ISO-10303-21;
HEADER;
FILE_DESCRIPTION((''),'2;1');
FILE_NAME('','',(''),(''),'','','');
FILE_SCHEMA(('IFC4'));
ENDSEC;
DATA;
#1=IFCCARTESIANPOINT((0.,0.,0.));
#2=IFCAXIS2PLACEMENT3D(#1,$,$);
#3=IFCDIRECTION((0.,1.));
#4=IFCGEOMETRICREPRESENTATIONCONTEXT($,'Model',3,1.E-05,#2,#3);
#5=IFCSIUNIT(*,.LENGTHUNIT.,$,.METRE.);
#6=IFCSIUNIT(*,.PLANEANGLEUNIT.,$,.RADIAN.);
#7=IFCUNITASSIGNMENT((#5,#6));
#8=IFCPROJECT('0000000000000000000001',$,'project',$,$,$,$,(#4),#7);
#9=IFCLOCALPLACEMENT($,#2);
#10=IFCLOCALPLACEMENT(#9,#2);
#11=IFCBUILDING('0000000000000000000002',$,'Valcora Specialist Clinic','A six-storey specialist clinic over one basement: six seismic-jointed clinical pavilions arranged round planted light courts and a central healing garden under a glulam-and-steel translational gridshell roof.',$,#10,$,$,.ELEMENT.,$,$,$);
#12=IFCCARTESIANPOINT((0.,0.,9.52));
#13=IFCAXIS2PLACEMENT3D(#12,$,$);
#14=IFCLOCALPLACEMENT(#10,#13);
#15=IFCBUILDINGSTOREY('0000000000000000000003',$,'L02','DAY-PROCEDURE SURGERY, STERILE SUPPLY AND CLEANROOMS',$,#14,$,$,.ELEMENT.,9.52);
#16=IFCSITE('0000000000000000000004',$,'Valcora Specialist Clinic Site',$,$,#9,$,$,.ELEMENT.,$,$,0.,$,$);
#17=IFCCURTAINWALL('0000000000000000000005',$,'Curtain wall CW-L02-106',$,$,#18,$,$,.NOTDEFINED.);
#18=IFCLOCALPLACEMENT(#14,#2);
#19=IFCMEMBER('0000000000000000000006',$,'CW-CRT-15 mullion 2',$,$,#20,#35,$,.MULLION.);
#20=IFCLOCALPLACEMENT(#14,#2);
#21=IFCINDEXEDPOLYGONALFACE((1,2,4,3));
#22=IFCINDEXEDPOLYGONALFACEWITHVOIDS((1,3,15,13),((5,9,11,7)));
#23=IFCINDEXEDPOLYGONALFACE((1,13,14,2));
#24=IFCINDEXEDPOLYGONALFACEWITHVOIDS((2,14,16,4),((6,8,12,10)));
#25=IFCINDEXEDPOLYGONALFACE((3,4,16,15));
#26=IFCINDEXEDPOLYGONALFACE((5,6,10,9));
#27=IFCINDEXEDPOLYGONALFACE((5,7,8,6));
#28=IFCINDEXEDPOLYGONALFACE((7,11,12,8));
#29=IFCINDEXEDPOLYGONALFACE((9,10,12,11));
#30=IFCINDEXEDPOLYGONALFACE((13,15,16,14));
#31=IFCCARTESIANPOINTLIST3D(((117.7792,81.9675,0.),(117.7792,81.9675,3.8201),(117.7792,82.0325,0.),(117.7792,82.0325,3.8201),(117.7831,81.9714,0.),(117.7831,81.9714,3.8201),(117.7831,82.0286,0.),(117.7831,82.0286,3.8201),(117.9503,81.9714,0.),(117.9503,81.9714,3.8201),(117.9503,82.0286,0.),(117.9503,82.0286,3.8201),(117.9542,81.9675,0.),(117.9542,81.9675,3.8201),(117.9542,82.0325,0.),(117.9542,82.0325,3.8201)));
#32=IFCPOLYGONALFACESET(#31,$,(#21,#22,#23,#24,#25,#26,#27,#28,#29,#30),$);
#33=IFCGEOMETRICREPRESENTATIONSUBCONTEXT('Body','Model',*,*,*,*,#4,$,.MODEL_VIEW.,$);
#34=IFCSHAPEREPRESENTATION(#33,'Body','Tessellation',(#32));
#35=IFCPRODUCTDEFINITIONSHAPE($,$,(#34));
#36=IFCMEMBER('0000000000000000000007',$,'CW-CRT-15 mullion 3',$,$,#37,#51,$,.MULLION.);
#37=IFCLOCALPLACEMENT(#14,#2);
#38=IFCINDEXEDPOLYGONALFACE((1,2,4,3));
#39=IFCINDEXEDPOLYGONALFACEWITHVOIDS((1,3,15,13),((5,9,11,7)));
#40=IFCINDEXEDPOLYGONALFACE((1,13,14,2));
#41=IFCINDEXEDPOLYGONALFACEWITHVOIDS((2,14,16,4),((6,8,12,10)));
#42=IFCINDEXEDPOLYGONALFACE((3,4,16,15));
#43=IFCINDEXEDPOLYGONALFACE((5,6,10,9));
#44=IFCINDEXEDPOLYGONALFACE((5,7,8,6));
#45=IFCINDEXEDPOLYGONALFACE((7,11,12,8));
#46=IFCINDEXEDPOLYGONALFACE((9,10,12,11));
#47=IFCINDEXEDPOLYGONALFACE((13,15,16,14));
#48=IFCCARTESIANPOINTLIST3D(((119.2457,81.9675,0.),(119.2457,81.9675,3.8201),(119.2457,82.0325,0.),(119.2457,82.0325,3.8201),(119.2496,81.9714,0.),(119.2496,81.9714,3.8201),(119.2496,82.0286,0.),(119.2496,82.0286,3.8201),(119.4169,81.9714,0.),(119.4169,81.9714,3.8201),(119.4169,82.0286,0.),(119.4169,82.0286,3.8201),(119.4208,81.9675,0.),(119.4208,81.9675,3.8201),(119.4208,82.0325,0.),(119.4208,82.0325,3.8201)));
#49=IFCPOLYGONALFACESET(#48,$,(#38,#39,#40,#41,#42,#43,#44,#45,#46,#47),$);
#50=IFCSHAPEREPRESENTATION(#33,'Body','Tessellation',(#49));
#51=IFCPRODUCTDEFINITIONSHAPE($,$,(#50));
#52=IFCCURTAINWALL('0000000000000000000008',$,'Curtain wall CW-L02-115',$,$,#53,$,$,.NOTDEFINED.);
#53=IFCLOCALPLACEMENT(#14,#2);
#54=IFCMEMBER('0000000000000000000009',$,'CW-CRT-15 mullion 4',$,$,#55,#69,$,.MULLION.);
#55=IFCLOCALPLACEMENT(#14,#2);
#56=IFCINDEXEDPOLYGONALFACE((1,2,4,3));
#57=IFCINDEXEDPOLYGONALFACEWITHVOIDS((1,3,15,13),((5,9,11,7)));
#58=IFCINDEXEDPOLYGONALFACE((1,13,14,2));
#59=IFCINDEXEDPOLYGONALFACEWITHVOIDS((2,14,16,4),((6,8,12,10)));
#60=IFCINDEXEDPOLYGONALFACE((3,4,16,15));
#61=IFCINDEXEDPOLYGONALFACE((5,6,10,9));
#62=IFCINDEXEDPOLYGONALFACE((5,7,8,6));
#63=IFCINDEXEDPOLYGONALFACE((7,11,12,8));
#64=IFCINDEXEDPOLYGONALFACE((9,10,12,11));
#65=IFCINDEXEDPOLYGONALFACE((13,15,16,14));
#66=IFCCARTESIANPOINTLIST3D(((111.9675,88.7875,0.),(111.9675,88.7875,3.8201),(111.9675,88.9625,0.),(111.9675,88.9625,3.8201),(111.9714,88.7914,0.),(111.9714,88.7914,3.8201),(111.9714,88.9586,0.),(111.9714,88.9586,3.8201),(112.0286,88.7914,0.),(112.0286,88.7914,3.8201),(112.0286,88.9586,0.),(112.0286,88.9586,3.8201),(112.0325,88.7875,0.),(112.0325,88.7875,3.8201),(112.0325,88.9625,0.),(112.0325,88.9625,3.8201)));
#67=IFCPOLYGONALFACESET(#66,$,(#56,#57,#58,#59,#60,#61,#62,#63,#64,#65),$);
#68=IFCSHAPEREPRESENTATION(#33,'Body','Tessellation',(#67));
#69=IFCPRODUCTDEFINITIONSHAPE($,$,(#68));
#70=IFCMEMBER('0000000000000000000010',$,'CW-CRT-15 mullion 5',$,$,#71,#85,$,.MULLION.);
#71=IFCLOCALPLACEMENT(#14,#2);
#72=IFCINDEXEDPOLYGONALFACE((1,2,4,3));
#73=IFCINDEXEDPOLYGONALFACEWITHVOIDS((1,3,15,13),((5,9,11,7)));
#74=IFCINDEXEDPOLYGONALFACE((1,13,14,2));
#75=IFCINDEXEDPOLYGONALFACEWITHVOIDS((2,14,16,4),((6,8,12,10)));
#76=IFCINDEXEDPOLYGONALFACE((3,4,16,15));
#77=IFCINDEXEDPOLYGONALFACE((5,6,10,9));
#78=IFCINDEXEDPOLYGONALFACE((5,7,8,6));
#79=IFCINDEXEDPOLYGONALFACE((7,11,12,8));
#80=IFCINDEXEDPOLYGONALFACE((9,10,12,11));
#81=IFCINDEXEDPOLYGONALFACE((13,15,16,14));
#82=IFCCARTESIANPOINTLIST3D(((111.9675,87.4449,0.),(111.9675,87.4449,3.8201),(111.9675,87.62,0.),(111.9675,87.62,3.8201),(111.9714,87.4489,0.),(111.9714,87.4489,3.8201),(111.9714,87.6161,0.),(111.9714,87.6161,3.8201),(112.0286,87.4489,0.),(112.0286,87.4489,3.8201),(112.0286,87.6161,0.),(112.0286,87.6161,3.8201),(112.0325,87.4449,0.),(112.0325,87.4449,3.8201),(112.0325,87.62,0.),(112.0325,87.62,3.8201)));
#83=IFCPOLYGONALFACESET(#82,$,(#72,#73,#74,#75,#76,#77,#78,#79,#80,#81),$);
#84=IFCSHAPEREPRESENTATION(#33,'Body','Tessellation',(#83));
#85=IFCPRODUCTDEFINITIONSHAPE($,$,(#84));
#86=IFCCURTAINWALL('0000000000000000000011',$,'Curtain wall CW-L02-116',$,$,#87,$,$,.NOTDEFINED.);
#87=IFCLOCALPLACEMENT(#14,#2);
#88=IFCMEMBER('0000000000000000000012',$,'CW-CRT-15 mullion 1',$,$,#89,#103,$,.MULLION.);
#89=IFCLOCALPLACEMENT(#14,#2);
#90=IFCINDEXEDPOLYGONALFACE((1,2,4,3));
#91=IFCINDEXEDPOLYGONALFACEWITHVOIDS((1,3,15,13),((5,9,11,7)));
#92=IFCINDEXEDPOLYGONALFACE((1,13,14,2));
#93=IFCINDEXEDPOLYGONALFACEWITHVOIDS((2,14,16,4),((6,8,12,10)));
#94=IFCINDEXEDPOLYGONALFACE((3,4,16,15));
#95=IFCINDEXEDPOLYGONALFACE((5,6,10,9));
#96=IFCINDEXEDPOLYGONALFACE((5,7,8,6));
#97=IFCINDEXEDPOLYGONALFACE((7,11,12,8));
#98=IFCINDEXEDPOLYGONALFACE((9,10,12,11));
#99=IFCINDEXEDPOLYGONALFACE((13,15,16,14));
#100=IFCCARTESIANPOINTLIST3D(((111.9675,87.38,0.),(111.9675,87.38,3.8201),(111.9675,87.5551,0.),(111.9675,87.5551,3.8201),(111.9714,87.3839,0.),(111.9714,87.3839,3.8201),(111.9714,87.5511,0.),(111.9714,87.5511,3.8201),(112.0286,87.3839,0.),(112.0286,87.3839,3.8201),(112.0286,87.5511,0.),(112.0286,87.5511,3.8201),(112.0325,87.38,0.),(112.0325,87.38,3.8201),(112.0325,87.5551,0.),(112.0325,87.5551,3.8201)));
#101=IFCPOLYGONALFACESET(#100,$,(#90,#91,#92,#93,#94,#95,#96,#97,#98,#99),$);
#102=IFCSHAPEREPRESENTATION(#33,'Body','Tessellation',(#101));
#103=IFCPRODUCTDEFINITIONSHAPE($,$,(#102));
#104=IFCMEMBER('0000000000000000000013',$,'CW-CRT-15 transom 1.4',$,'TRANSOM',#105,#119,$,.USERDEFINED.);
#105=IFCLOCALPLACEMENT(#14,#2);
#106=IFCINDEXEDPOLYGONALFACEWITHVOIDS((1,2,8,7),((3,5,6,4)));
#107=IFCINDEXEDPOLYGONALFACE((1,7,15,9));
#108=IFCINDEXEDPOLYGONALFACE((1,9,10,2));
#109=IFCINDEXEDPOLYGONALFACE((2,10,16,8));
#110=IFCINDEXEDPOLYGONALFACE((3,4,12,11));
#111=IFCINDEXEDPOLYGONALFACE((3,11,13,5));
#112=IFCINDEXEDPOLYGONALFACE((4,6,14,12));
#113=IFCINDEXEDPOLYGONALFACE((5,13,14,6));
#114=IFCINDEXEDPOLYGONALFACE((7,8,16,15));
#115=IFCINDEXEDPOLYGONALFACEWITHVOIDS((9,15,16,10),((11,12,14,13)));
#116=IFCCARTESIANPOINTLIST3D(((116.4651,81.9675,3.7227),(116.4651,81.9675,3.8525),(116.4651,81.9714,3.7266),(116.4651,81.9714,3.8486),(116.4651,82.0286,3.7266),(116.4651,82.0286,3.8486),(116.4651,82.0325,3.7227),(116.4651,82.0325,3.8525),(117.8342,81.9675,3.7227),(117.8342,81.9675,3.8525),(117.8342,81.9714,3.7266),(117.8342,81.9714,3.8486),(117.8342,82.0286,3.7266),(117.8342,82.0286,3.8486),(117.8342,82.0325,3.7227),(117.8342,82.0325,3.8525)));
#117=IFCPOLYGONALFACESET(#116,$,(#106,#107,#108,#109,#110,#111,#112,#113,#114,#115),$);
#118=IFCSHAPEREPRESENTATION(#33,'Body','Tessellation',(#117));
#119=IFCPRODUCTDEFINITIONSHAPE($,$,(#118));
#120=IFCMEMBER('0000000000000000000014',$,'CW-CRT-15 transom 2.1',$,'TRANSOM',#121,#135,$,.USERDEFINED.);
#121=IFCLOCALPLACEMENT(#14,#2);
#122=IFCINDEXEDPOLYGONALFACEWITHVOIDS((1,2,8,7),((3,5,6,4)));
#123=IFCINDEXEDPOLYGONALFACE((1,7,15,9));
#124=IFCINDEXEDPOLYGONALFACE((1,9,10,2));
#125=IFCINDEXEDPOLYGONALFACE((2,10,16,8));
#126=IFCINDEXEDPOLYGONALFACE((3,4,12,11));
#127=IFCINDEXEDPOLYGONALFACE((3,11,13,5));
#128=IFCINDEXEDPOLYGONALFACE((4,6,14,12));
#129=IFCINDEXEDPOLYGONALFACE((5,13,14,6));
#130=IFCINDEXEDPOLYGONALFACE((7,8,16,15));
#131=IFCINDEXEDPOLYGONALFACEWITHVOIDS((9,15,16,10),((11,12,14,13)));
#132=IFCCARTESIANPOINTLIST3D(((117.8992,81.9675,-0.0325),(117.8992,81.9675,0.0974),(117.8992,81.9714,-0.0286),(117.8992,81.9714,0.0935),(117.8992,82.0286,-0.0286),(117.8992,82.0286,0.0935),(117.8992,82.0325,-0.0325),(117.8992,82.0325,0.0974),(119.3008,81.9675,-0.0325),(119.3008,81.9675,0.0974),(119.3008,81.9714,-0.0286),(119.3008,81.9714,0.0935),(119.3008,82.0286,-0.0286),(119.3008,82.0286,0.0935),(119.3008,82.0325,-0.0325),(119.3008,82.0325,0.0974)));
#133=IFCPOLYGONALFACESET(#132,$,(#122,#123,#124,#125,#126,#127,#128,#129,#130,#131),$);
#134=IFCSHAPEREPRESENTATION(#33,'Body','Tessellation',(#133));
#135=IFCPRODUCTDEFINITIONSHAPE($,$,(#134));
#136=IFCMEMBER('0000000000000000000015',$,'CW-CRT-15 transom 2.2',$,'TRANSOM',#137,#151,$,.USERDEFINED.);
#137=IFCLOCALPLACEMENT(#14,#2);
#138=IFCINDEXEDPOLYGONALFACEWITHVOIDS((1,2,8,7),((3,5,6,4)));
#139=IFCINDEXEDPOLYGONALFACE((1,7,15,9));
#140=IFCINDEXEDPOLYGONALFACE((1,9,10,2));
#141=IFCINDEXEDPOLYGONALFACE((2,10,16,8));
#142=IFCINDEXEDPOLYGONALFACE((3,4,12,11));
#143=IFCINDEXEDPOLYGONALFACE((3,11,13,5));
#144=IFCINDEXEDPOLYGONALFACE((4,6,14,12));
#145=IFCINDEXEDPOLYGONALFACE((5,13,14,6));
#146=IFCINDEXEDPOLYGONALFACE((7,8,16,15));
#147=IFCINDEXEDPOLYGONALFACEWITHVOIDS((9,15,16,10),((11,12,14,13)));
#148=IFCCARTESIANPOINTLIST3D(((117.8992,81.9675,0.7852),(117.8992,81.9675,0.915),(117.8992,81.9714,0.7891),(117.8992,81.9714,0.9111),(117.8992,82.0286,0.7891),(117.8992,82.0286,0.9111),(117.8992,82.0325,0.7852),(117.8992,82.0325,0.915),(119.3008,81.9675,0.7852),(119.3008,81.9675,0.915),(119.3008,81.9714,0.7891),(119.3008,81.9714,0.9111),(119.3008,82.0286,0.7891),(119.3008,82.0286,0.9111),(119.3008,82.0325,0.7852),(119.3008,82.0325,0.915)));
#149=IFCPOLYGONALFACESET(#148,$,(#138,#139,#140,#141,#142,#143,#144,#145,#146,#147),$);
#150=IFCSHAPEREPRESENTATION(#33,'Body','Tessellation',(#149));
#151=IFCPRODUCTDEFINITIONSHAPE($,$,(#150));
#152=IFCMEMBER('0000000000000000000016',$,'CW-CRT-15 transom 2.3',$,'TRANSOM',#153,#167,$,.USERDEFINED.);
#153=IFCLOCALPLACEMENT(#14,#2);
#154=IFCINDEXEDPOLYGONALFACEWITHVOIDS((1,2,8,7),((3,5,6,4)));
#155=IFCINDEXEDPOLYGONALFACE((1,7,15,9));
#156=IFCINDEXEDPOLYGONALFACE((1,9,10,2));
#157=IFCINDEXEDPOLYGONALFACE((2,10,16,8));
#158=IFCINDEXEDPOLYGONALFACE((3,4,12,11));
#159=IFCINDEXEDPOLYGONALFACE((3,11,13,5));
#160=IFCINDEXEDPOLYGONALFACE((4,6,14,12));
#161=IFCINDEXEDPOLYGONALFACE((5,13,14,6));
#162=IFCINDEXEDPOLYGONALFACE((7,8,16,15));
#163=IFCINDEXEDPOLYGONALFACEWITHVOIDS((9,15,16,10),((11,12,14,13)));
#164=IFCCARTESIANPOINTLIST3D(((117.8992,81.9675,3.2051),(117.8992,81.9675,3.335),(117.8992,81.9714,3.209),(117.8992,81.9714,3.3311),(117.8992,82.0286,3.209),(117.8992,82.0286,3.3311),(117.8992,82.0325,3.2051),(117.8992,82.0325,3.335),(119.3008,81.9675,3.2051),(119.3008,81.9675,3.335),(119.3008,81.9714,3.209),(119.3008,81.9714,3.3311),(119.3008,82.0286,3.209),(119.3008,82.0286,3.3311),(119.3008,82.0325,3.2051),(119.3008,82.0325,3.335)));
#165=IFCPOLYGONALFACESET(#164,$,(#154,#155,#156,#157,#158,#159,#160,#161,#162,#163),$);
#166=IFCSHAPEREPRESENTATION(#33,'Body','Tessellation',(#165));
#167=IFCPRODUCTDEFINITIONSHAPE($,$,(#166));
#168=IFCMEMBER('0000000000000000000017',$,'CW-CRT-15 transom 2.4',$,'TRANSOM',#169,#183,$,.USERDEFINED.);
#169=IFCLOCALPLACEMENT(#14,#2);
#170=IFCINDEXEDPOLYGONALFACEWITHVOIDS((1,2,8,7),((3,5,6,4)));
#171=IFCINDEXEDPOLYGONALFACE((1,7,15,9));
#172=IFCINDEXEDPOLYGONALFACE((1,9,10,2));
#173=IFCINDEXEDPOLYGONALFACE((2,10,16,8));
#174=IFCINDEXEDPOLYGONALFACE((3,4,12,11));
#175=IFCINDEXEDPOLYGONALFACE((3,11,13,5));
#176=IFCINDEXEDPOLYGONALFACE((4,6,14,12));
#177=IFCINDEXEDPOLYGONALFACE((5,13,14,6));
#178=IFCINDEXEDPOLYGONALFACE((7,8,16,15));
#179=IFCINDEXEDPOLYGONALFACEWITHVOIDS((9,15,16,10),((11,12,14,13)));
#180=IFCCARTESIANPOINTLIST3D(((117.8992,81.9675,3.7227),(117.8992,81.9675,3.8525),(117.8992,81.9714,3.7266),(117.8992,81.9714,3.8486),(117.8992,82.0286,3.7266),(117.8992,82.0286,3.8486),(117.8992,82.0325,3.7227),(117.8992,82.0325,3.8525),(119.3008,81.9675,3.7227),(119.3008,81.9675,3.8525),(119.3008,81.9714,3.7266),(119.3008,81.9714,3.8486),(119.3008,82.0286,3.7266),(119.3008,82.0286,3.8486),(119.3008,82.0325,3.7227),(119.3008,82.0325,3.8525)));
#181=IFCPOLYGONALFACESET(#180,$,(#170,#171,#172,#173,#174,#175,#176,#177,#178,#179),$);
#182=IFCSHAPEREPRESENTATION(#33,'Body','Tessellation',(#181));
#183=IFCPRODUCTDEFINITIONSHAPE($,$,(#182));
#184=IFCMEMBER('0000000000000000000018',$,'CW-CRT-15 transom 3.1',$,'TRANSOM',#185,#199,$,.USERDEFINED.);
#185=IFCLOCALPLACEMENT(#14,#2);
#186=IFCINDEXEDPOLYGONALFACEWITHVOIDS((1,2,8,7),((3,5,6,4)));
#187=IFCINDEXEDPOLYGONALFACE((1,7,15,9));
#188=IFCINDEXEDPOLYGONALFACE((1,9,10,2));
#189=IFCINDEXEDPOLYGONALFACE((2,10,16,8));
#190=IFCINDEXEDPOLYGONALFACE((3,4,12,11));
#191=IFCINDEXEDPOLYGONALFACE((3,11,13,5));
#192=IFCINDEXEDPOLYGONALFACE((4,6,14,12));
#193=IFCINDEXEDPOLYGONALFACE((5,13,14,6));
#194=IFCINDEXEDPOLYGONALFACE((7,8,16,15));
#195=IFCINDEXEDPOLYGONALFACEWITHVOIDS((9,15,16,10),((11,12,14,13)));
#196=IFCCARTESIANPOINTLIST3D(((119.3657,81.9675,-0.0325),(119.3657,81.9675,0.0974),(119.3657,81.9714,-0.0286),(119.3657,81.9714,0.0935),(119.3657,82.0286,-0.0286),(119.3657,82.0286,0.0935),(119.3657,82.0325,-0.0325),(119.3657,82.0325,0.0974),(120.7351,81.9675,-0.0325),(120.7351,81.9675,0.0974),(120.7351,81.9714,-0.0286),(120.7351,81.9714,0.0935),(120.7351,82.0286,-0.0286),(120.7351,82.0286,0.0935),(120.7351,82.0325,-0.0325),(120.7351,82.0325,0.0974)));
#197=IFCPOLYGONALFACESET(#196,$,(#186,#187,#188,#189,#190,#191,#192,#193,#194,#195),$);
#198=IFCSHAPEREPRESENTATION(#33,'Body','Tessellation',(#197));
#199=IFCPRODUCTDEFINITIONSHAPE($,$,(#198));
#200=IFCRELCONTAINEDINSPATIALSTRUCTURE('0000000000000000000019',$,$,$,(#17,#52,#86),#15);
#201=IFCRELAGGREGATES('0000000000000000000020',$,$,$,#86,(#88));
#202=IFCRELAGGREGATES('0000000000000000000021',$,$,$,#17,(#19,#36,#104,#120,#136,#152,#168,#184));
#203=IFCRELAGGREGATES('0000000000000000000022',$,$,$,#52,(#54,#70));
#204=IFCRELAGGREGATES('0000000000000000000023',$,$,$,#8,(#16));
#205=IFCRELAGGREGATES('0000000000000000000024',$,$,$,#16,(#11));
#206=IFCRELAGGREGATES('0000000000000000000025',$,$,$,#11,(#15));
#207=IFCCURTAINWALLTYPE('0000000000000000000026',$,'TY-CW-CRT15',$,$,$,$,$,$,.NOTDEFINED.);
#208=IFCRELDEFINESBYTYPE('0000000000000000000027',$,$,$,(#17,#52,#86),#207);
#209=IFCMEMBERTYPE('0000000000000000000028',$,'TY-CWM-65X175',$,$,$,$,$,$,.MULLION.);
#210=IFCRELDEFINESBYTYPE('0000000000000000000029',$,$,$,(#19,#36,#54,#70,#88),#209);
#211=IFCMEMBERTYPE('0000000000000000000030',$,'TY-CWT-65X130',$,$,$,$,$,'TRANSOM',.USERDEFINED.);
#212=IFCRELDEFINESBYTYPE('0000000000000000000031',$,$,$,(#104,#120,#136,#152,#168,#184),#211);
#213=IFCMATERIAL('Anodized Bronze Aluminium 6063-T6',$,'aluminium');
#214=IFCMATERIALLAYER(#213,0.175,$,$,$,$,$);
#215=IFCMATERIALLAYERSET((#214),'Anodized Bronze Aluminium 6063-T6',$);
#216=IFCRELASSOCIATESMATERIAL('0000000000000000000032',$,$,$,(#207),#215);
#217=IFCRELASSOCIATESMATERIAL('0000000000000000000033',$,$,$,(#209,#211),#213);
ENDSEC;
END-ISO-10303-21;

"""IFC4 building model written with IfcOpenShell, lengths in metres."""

from ifc_helpers import new_model, si_unit, direction, frame, origin, origin_2d, place, context, subcontext, project, spatial, hollow_rectangle, extrude, material, layer, layer_set, material_profile, profile_set, type_object, element, aggregate, save


model = new_model("IFC4")

# Units and contexts
model_context = context("Model", 3, precision=1e-05, world=origin(), true_north=direction((0.0, 1.0)))
body_context = subcontext(model_context, "Body", "Model", "MODEL_VIEW")
ifc_project = project(units=[si_unit("LENGTHUNIT", "METRE"), si_unit("PLANEANGLEUNIT", "RADIAN")], contexts=[model_context])

# Site, building, storey
site_placement = place(None, origin())
site = spatial("IfcSite", under=ifc_project, at=site_placement, Name="Valcora Specialist Clinic Site", CompositionType="ELEMENT", RefElevation=0.0)
building_placement = place(site_placement, origin())
building = spatial("IfcBuilding", under=site, at=building_placement, Name="Valcora Specialist Clinic", Description="A six-storey specialist clinic over one basement: six seismic-jointed clinical pavilions arranged round planted light courts and a central healing garden under a glulam-and-steel translational gridshell roof.", CompositionType="ELEMENT")
storey_placement = place(building_placement, frame((0.0, 0.0, 9.52)))
storey = spatial("IfcBuildingStorey", under=building, at=storey_placement, Name="L02", Description="DAY-PROCEDURE SURGERY, STERILE SUPPLY AND CLEANROOMS", CompositionType="ELEMENT", Elevation=9.52)

# Curtain walls, members
ifc_material_1 = material(Name="Anodized Bronze Aluminium 6063-T6", Category="aluminium")
ifc_layer_1 = layer(ifc_material_1, 0.175)
ifc_layer_set_1 = layer_set([ifc_layer_1], Name="Anodized Bronze Aluminium 6063-T6")
curtain_wall_type = type_object("IfcCurtainWallType", Name="TY-CW-CRT15", PredefinedType="NOTDEFINED", material=ifc_layer_set_1)
curtain_wall_1_placement = place(storey_placement, origin())
curtain_wall_1 = element("IfcCurtainWall", 1, at=curtain_wall_1_placement, inside=storey, type_object=curtain_wall_type, Name="Curtain wall CW-L02-106", PredefinedType="NOTDEFINED")
ifc_material_profile_1 = material_profile(ifc_material_1, hollow_rectangle(XDim=0.0649, YDim=0.175, WallThickness=0.0039, at=origin_2d()), Name="AL-MUL-65X175")
ifc_profile_set_1 = profile_set([ifc_material_profile_1], Name="Anodized Bronze Aluminium 6063-T6")
member_type_1 = type_object("IfcMemberType", Name="TY-CWM-65X175", PredefinedType="MULLION", material=ifc_profile_set_1)
member_1_placement = place(storey_placement, frame((117.8667, 82.0, 0.0), z_axis=(0.0, 0.0, 1.0), x_axis=(0.0, 1.0, 0.0)))
member_1 = element("IfcMember", 2, at=member_1_placement, type_object=member_type_1, Name="CW-CRT-15 mullion 2", PredefinedType="MULLION", context=body_context, shape_type="SweptSolid", body=[
    extrude(hollow_rectangle(XDim=0.0649, YDim=0.175, WallThickness=0.0039, at=origin_2d()), origin(), (0.0, 0.0, 1.0), 3.8201),
])
member_2_placement = place(storey_placement, frame((119.3333, 82.0, 0.0), z_axis=(0.0, 0.0, 1.0), x_axis=(0.0, 1.0, 0.0)))
member_2 = element("IfcMember", 3, at=member_2_placement, type_object=member_type_1, Name="CW-CRT-15 mullion 3", PredefinedType="MULLION", context=body_context, shape_type="SweptSolid", body=[
    extrude(hollow_rectangle(XDim=0.0649, YDim=0.175, WallThickness=0.0039, at=origin_2d()), origin(), (0.0, 0.0, 1.0), 3.8201),
])
curtain_wall_2_placement = place(storey_placement, origin())
curtain_wall_2 = element("IfcCurtainWall", 4, at=curtain_wall_2_placement, inside=storey, type_object=curtain_wall_type, Name="Curtain wall CW-L02-115", PredefinedType="NOTDEFINED")
member_3_placement = place(storey_placement, frame((112.0, 88.875, 0.0), z_axis=(0.0, 0.0, 1.0), x_axis=(1.0, 0.0, 0.0)))
member_3 = element("IfcMember", 5, at=member_3_placement, type_object=member_type_1, Name="CW-CRT-15 mullion 4", PredefinedType="MULLION", context=body_context, shape_type="SweptSolid", body=[
    extrude(hollow_rectangle(XDim=0.0649, YDim=0.175, WallThickness=0.0039, at=origin_2d()), origin(), (0.0, 0.0, 1.0), 3.8201),
])
member_4_placement = place(storey_placement, frame((112.0, 87.5325, 0.0), z_axis=(0.0, 0.0, 1.0), x_axis=(1.0, 0.0, 0.0)))
member_4 = element("IfcMember", 6, at=member_4_placement, type_object=member_type_1, Name="CW-CRT-15 mullion 5", PredefinedType="MULLION", context=body_context, shape_type="SweptSolid", body=[
    extrude(hollow_rectangle(XDim=0.0649, YDim=0.175, WallThickness=0.0039, at=origin_2d()), origin(), (0.0, 0.0, 1.0), 3.8201),
])

# Curtain wall, member
curtain_wall_3_placement = place(storey_placement, origin())
curtain_wall_3 = element("IfcCurtainWall", 7, at=curtain_wall_3_placement, inside=storey, type_object=curtain_wall_type, Name="Curtain wall CW-L02-116", PredefinedType="NOTDEFINED")
member_5_placement = place(storey_placement, frame((112.0, 87.4675, 0.0), z_axis=(0.0, 0.0, 1.0), x_axis=(1.0, 0.0, 0.0)))
member_5 = element("IfcMember", 8, at=member_5_placement, type_object=member_type_1, Name="CW-CRT-15 mullion 1", PredefinedType="MULLION", context=body_context, shape_type="SweptSolid", body=[
    extrude(hollow_rectangle(XDim=0.0649, YDim=0.175, WallThickness=0.0039, at=origin_2d()), origin(), (0.0, 0.0, 1.0), 3.8201),
])
aggregate(curtain_wall_3, [member_5])

# Members
ifc_material_profile_2 = material_profile(ifc_material_1, hollow_rectangle(XDim=0.0649, YDim=0.1299, WallThickness=0.0039, at=origin_2d()), Name="AL-TRN-65X130")
ifc_profile_set_2 = profile_set([ifc_material_profile_2], Name="Anodized Bronze Aluminium 6063-T6")
member_type_2 = type_object("IfcMemberType", Name="TY-CWT-65X130", ElementType="TRANSOM", PredefinedType="USERDEFINED", material=ifc_profile_set_2)
member_6_placement = place(storey_placement, frame((116.4651, 82.0, 3.7876), z_axis=(1.0, 0.0, 0.0), x_axis=(0.0, 1.0, 0.0)))
member_6 = element("IfcMember", 9, at=member_6_placement, type_object=member_type_2, Name="CW-CRT-15 transom 1.4", ObjectType="TRANSOM", PredefinedType="USERDEFINED", context=body_context, shape_type="SweptSolid", body=[
    extrude(hollow_rectangle(XDim=0.0649, YDim=0.1299, WallThickness=0.0039, at=origin_2d()), origin(), (0.0, 0.0, 1.0), 1.3691),
])
member_7_placement = place(storey_placement, frame((117.8992, 82.0, 0.0325), z_axis=(1.0, 0.0, 0.0), x_axis=(0.0, 1.0, 0.0)))
member_7 = element("IfcMember", 10, at=member_7_placement, type_object=member_type_2, Name="CW-CRT-15 transom 2.1", ObjectType="TRANSOM", PredefinedType="USERDEFINED", context=body_context, shape_type="SweptSolid", body=[
    extrude(hollow_rectangle(XDim=0.0649, YDim=0.1299, WallThickness=0.0039, at=origin_2d()), origin(), (0.0, 0.0, 1.0), 1.4016),
])
member_8_placement = place(storey_placement, frame((117.8992, 82.0, 0.8501), z_axis=(1.0, 0.0, 0.0), x_axis=(0.0, 1.0, 0.0)))
member_8 = element("IfcMember", 11, at=member_8_placement, type_object=member_type_2, Name="CW-CRT-15 transom 2.2", ObjectType="TRANSOM", PredefinedType="USERDEFINED", context=body_context, shape_type="SweptSolid", body=[
    extrude(hollow_rectangle(XDim=0.0649, YDim=0.1299, WallThickness=0.0039, at=origin_2d()), origin(), (0.0, 0.0, 1.0), 1.4016),
])
member_9_placement = place(storey_placement, frame((117.8992, 82.0, 3.27), z_axis=(1.0, 0.0, 0.0), x_axis=(0.0, 1.0, 0.0)))
member_9 = element("IfcMember", 12, at=member_9_placement, type_object=member_type_2, Name="CW-CRT-15 transom 2.3", ObjectType="TRANSOM", PredefinedType="USERDEFINED", context=body_context, shape_type="SweptSolid", body=[
    extrude(hollow_rectangle(XDim=0.0649, YDim=0.1299, WallThickness=0.0039, at=origin_2d()), origin(), (0.0, 0.0, 1.0), 1.4016),
])
member_10_placement = place(storey_placement, frame((117.8992, 82.0, 3.7876), z_axis=(1.0, 0.0, 0.0), x_axis=(0.0, 1.0, 0.0)))
member_10 = element("IfcMember", 13, at=member_10_placement, type_object=member_type_2, Name="CW-CRT-15 transom 2.4", ObjectType="TRANSOM", PredefinedType="USERDEFINED", context=body_context, shape_type="SweptSolid", body=[
    extrude(hollow_rectangle(XDim=0.0649, YDim=0.1299, WallThickness=0.0039, at=origin_2d()), origin(), (0.0, 0.0, 1.0), 1.4016),
])
member_11_placement = place(storey_placement, frame((119.3657, 82.0, 0.0325), z_axis=(1.0, 0.0, 0.0), x_axis=(0.0, 1.0, 0.0)))
member_11 = element("IfcMember", 14, at=member_11_placement, type_object=member_type_2, Name="CW-CRT-15 transom 3.1", ObjectType="TRANSOM", PredefinedType="USERDEFINED", context=body_context, shape_type="SweptSolid", body=[
    extrude(hollow_rectangle(XDim=0.0649, YDim=0.1299, WallThickness=0.0039, at=origin_2d()), origin(), (0.0, 0.0, 1.0), 1.3694),
])

aggregate(curtain_wall_1, [member_1, member_2, member_6, member_7, member_8, member_9, member_10, member_11])
aggregate(curtain_wall_2, [member_3, member_4])

save(model, "model.ifc")
